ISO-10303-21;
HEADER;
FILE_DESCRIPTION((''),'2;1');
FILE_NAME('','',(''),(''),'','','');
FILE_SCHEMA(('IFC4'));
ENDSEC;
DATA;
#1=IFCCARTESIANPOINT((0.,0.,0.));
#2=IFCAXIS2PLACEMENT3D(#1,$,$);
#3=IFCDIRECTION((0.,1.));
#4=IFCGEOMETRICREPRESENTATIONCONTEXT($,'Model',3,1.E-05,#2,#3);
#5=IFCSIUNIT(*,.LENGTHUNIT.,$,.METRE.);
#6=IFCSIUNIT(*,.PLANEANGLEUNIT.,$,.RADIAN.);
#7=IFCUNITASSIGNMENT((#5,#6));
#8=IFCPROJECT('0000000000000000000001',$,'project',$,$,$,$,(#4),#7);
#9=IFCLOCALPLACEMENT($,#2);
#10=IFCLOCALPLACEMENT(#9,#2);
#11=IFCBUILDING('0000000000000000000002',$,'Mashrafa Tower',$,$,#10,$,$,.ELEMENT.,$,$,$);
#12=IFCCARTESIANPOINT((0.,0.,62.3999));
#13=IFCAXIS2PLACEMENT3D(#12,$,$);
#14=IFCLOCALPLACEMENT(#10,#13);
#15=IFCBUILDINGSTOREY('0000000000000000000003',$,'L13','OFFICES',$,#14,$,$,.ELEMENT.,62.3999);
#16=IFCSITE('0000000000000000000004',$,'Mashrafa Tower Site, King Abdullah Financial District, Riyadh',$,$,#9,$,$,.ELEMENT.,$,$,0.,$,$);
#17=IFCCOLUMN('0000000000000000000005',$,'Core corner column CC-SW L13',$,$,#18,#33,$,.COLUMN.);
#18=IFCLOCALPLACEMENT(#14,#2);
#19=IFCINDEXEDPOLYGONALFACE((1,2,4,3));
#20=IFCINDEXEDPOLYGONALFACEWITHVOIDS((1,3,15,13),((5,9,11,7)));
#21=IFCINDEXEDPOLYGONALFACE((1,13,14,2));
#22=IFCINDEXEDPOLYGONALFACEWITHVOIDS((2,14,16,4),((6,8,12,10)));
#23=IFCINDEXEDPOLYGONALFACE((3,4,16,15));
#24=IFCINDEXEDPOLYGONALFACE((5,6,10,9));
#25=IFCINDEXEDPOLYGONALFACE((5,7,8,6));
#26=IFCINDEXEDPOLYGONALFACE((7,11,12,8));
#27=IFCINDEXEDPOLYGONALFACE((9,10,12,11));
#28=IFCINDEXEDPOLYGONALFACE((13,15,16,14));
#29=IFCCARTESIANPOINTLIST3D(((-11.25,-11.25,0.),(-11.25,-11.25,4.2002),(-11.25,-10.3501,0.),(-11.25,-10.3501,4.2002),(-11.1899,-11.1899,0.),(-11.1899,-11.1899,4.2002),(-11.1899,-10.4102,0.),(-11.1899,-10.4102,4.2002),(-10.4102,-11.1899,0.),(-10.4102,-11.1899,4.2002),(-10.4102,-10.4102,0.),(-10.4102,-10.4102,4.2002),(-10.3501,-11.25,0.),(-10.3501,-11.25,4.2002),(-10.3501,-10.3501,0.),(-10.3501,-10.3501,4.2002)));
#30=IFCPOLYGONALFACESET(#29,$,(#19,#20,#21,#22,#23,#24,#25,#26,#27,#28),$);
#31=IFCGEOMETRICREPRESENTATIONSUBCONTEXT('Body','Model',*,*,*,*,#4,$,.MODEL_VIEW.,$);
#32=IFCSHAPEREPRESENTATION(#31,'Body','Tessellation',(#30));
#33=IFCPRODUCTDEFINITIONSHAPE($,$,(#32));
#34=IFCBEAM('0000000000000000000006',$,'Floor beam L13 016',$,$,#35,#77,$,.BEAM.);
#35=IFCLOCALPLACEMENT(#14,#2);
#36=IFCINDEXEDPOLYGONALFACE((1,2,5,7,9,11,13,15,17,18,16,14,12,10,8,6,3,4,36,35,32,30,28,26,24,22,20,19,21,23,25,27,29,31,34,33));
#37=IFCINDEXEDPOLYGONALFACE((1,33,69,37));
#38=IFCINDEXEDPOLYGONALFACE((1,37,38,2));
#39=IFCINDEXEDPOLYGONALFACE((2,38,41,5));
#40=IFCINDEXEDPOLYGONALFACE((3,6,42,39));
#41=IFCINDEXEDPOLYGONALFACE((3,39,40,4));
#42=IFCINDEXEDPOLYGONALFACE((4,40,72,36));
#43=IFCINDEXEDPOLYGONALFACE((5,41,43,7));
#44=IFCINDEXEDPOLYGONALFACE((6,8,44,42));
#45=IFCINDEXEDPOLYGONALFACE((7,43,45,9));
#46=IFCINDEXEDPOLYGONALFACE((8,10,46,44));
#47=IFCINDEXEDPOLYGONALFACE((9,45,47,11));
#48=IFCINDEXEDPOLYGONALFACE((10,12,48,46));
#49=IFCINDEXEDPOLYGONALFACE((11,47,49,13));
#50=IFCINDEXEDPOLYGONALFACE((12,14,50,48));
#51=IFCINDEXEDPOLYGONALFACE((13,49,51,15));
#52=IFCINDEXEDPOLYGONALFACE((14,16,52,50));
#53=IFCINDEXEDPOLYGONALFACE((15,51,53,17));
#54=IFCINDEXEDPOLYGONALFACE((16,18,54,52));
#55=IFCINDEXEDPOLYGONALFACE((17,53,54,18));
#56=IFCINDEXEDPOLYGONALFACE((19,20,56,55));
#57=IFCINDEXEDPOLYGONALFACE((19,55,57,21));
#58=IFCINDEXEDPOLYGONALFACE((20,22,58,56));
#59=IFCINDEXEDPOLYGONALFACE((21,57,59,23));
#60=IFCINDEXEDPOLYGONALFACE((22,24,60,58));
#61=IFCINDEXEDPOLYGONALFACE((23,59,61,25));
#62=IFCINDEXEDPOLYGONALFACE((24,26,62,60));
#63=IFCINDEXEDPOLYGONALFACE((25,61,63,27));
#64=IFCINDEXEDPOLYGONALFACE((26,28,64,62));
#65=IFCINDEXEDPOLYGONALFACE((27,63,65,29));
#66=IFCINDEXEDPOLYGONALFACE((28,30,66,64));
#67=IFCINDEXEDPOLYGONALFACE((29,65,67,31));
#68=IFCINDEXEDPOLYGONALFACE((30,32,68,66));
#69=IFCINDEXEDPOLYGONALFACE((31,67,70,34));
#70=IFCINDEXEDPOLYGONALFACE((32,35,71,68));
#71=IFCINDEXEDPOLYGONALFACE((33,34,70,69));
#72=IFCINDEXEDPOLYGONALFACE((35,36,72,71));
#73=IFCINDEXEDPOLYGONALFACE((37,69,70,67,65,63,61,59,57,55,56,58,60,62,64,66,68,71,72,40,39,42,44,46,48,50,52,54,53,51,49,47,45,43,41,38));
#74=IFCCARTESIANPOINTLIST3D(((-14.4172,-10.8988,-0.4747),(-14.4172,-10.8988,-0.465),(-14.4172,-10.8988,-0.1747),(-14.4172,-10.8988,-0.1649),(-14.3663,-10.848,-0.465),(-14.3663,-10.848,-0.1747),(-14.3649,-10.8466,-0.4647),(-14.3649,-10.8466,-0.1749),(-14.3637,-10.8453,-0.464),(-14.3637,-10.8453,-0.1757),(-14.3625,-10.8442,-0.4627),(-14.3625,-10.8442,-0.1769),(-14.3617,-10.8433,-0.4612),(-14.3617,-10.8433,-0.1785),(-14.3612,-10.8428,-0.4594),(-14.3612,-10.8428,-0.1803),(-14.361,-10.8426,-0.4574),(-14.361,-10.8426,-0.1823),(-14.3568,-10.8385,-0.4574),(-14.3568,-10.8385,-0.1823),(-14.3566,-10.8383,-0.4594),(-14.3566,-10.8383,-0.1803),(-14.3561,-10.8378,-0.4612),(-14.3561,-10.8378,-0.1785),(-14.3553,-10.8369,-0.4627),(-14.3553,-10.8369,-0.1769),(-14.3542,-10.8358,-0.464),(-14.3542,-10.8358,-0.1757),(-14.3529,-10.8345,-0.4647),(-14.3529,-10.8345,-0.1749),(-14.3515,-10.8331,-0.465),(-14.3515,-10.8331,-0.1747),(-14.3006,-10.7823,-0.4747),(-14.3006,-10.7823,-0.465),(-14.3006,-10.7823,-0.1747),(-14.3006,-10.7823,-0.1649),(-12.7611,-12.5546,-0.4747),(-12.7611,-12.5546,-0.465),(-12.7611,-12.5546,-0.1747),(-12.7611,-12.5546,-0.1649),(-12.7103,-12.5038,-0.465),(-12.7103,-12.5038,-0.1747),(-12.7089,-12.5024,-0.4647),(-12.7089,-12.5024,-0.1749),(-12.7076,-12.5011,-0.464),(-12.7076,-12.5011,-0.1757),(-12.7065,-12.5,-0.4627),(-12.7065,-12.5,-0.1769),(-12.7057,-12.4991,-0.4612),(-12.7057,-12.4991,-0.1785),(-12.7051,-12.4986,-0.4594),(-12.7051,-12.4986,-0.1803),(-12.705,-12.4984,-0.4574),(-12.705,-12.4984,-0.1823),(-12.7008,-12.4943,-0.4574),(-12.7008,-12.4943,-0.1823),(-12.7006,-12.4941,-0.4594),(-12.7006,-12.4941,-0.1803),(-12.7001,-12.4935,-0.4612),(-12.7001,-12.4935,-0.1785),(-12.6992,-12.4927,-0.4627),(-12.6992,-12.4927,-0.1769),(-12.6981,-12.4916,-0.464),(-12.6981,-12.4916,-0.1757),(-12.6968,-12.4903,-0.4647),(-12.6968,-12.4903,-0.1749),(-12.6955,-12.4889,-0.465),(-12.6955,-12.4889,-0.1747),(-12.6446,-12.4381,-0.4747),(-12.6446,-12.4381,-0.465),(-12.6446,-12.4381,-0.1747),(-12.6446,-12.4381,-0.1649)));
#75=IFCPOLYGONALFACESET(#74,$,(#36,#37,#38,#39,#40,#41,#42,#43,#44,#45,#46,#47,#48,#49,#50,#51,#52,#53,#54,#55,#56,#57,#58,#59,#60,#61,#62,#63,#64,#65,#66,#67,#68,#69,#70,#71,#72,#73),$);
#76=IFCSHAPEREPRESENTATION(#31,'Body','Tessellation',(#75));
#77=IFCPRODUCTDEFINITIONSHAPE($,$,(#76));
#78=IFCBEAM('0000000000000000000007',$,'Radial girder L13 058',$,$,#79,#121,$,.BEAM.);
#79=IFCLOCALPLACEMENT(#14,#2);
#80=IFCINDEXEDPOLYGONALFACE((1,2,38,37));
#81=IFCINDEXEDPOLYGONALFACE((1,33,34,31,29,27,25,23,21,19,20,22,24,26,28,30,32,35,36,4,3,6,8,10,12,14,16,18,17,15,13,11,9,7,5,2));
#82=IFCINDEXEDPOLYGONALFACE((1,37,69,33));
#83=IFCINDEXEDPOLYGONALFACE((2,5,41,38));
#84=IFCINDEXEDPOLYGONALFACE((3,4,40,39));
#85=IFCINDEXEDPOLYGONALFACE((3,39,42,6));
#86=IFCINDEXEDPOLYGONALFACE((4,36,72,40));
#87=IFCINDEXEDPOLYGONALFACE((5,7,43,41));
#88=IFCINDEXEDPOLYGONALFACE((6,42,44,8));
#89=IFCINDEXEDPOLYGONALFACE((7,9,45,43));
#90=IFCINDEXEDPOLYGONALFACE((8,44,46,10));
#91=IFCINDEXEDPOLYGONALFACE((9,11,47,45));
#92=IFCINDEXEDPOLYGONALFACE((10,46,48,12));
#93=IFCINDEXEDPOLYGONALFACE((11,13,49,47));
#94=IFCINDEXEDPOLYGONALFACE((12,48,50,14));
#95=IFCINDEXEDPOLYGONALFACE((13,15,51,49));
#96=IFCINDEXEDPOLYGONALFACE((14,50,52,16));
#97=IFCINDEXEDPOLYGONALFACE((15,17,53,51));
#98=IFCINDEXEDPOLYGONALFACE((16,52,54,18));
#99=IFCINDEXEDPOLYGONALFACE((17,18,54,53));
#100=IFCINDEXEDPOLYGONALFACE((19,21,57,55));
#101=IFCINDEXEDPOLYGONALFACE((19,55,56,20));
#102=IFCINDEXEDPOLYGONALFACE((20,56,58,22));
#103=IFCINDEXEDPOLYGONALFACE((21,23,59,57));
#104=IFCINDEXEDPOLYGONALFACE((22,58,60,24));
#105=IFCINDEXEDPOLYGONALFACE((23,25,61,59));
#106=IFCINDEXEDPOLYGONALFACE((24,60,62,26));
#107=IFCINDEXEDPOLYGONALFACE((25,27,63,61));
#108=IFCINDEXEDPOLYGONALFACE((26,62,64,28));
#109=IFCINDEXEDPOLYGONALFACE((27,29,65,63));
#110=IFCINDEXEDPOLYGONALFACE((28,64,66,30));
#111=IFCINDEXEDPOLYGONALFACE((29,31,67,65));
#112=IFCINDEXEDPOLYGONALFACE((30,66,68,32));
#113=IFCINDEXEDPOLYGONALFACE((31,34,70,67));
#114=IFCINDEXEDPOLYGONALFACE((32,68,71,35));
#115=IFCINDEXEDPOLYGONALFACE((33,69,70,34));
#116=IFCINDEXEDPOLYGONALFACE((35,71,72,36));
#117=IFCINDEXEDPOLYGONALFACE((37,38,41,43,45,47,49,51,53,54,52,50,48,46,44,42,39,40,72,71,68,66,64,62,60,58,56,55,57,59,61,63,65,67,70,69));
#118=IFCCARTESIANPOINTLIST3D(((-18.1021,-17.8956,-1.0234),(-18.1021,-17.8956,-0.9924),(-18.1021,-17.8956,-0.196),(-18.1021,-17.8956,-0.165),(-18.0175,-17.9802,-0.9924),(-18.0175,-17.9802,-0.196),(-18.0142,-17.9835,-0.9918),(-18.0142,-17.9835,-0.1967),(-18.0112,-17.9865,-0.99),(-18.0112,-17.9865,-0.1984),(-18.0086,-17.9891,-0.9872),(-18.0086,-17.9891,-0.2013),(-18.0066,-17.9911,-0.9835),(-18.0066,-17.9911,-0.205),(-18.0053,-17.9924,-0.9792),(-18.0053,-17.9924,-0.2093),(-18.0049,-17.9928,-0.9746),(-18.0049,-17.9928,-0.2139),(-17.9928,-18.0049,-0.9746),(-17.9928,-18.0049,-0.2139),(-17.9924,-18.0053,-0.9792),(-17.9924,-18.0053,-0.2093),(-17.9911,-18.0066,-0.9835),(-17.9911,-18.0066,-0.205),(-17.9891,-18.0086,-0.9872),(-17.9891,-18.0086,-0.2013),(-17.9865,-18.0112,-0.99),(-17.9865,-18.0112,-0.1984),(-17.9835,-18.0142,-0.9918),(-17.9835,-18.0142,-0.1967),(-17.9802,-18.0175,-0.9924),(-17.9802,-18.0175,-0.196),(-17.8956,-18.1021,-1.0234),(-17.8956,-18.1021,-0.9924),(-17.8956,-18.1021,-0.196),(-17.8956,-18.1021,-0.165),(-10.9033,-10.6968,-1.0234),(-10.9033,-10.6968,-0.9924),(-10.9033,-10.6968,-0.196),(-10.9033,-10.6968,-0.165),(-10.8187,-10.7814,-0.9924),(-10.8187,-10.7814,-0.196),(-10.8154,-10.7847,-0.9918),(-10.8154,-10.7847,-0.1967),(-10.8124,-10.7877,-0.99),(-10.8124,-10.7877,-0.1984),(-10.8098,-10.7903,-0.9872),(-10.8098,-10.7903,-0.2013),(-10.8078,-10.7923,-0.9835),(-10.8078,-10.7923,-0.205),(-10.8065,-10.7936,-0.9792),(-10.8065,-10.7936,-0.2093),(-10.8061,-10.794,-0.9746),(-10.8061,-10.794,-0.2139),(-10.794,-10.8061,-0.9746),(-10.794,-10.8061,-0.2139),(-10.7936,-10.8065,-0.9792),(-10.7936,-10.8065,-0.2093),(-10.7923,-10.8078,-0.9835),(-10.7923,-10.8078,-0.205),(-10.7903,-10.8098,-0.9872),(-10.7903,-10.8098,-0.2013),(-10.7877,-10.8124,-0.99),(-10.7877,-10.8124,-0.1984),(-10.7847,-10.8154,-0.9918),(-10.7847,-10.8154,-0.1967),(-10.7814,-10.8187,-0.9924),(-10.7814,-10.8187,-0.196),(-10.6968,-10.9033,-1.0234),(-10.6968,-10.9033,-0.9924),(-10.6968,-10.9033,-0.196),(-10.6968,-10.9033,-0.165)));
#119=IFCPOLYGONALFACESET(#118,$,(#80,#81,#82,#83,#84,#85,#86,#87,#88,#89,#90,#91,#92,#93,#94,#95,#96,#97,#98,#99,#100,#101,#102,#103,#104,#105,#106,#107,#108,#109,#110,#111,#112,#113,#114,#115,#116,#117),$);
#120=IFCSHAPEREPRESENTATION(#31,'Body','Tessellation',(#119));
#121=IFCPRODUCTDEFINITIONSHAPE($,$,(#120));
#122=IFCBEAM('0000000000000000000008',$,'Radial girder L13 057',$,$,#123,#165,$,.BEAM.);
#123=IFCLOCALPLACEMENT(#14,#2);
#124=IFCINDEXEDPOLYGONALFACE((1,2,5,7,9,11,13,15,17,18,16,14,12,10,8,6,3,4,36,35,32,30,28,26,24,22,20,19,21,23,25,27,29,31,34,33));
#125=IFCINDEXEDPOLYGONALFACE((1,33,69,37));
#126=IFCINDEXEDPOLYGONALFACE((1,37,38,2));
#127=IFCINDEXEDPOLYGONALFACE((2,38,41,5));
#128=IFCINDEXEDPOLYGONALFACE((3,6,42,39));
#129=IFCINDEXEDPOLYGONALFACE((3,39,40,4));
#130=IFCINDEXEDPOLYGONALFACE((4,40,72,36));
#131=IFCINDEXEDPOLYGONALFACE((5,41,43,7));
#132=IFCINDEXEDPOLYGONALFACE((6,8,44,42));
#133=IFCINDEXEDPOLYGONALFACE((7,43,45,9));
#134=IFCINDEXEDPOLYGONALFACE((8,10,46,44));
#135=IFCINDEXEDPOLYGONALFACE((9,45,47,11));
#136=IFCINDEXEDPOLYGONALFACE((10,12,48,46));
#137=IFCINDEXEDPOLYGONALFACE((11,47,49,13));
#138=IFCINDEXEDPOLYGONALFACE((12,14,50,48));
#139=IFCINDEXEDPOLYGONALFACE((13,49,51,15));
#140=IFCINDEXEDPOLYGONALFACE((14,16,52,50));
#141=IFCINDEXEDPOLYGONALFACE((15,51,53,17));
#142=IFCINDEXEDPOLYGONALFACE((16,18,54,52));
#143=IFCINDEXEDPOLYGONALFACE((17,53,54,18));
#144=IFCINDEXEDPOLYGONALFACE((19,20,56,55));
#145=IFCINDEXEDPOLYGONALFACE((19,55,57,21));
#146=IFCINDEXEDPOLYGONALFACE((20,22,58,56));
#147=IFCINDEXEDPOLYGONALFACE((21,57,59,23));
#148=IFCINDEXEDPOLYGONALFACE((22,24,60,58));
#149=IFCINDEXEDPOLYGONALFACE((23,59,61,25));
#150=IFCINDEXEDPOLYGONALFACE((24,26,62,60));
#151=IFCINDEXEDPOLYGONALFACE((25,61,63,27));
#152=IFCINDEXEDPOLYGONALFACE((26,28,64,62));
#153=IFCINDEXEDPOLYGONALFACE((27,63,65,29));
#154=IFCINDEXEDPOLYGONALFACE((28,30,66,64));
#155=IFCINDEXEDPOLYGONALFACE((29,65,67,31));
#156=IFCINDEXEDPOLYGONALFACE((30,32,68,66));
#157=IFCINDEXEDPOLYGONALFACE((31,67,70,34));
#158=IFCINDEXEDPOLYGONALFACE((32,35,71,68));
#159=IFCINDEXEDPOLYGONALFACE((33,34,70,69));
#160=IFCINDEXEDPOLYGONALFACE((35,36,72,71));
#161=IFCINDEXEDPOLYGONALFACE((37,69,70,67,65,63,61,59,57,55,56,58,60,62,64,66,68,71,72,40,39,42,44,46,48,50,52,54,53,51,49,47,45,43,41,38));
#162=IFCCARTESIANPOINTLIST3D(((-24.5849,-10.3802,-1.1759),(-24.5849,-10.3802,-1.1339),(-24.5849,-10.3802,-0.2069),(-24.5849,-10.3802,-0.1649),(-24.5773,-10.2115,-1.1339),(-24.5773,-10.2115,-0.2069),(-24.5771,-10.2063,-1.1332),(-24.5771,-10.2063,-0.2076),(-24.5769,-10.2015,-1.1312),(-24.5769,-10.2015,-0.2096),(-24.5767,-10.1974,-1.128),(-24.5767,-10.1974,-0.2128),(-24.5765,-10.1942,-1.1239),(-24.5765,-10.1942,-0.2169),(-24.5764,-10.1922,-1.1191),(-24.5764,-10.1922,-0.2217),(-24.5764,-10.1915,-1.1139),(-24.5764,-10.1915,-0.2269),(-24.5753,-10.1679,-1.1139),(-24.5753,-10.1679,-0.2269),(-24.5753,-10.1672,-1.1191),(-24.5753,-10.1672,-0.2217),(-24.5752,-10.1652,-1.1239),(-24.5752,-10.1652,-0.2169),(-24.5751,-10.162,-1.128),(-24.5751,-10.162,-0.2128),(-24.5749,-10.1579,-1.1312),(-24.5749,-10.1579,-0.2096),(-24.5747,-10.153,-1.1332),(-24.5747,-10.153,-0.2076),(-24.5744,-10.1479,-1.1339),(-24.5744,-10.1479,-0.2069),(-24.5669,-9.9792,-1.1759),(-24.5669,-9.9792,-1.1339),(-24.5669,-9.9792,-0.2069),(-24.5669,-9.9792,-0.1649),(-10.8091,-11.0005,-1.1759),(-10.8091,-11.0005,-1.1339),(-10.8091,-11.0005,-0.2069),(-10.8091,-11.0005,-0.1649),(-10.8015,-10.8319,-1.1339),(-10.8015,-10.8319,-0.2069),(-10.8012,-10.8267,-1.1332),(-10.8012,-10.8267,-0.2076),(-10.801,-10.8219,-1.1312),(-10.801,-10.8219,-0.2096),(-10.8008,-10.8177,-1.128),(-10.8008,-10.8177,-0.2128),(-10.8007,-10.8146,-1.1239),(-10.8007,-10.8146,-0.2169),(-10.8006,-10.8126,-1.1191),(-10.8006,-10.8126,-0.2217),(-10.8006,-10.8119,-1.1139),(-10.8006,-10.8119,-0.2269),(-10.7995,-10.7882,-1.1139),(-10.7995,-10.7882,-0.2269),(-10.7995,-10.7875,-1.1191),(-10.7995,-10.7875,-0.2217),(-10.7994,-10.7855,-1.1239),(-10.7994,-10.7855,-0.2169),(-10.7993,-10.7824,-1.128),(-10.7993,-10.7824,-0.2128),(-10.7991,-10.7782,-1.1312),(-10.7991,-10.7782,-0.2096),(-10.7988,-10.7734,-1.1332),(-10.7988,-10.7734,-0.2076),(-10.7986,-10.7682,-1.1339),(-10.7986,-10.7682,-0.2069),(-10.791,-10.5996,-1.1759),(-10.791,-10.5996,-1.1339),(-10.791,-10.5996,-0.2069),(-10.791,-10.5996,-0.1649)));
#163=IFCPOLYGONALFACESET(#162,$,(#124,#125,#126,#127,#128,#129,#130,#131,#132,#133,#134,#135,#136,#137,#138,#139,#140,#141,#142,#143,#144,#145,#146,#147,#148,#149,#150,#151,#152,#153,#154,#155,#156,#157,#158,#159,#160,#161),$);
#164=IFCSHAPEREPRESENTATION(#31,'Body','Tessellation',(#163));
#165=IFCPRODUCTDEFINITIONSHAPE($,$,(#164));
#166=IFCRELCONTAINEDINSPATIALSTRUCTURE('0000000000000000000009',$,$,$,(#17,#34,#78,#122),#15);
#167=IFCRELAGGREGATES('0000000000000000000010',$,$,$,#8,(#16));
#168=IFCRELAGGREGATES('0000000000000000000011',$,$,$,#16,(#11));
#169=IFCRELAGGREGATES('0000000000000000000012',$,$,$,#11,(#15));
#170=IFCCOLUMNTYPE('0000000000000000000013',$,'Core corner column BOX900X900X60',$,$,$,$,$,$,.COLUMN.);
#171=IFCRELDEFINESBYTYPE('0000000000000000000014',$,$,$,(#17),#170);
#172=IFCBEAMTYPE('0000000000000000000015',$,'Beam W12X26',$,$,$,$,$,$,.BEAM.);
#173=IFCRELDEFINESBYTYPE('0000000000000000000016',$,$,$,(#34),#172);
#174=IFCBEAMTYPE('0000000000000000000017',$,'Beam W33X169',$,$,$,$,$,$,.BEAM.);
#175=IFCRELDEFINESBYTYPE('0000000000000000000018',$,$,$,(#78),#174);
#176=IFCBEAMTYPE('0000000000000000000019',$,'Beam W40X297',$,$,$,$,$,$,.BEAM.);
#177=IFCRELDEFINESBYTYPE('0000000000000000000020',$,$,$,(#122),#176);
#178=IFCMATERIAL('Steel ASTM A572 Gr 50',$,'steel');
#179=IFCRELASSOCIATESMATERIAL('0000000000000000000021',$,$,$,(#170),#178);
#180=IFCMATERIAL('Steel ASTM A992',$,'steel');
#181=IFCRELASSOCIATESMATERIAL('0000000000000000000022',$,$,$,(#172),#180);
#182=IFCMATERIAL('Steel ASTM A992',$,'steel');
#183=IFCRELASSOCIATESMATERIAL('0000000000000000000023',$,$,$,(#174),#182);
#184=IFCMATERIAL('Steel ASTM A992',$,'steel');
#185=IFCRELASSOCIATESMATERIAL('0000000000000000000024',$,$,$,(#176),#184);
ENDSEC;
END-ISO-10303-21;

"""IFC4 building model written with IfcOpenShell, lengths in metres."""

from ifc_helpers import new_model, si_unit, direction, frame, origin, origin_2d, place, context, subcontext, project, spatial, hollow_rectangle, i_section, extrude, material, material_profile, profile_set, type_object, element, save


model = new_model("IFC4")

# Units and contexts
model_context = context("Model", 3, precision=1e-05, world=origin(), true_north=direction((0.0, 1.0)))
body_context = subcontext(model_context, "Body", "Model", "MODEL_VIEW")
ifc_project = project(units=[si_unit("LENGTHUNIT", "METRE"), si_unit("PLANEANGLEUNIT", "RADIAN")], contexts=[model_context])

# Site, building, storey
site_placement = place(None, origin())
site = spatial("IfcSite", under=ifc_project, at=site_placement, Name="Mashrafa Tower Site, King Abdullah Financial District, Riyadh", CompositionType="ELEMENT", RefElevation=0.0)
building_placement = place(site_placement, origin())
building = spatial("IfcBuilding", under=site, at=building_placement, Name="Mashrafa Tower", CompositionType="ELEMENT")
storey_placement = place(building_placement, frame((0.0, 0.0, 62.3999)))
storey = spatial("IfcBuildingStorey", under=building, at=storey_placement, Name="L13", Description="OFFICES", CompositionType="ELEMENT", Elevation=62.3999)

# Column
ifc_material_1 = material(Name="Steel ASTM A572 Gr 50", Category="steel")
ifc_material_profile_1 = material_profile(ifc_material_1, hollow_rectangle(XDim=0.8999, YDim=0.8999, WallThickness=0.0601, at=origin_2d()), Name="BOX900X900X60")
ifc_profile_set_1 = profile_set([ifc_material_profile_1], Name="Steel ASTM A572 Gr 50")
column_type = type_object("IfcColumnType", Name="Core corner column BOX900X900X60", PredefinedType="COLUMN", material=ifc_profile_set_1)
column_placement = place(storey_placement, frame((-10.8, -10.8, 0.0), z_axis=(0.0, 0.0, 1.0), x_axis=(1.0, 0.0, 0.0)))
element("IfcColumn", 1, at=column_placement, inside=storey, type_object=column_type, Name="Core corner column CC-SW L13", PredefinedType="COLUMN", context=body_context, shape_type="SweptSolid", body=[
    extrude(hollow_rectangle(XDim=0.8999, YDim=0.8999, WallThickness=0.0601, at=origin_2d()), origin(), (0.0, 0.0, 1.0), 4.2002),
])

# Beams
ifc_material_2 = material(Name="Steel ASTM A992", Category="steel")
ifc_material_profile_2 = material_profile(ifc_material_2, i_section(OverallWidth=0.1648, OverallDepth=0.3098, WebThickness=0.0059, FlangeThickness=0.0098, FilletRadius=0.0076, at=origin_2d()), Name="W12X26")
ifc_profile_set_2 = profile_set([ifc_material_profile_2], Name="Steel ASTM A992")
beam_type_1 = type_object("IfcBeamType", Name="Beam W12X26", PredefinedType="BEAM", material=ifc_profile_set_2)
beam_1_placement = place(storey_placement, frame((-12.7029, -12.4963, -0.3198), z_axis=(-0.707159, 0.707055, 0.0), x_axis=(-0.707055, -0.707159, 0.0)))
element("IfcBeam", 2, at=beam_1_placement, inside=storey, type_object=beam_type_1, Name="Floor beam L13 016", PredefinedType="BEAM", context=body_context, shape_type="SweptSolid", body=[
    extrude(i_section(OverallWidth=0.1648, OverallDepth=0.3098, WebThickness=0.0059, FlangeThickness=0.0098, FilletRadius=0.0076, at=origin_2d()), origin(), (0.0, 0.0, 1.0), 2.3418),
])
ifc_material_3 = material(Name="Steel ASTM A992", Category="steel")
ifc_material_profile_3 = material_profile(ifc_material_3, i_section(OverallWidth=0.292, OverallDepth=0.8584, WebThickness=0.0171, FlangeThickness=0.031, FilletRadius=0.0178, at=origin_2d()), Name="W33X169")
ifc_profile_set_3 = profile_set([ifc_material_profile_3], Name="Steel ASTM A992")
beam_type_2 = type_object("IfcBeamType", Name="Beam W33X169", PredefinedType="BEAM", material=ifc_profile_set_3)
beam_2_placement = place(storey_placement, frame((-10.8, -10.8, -0.5942), z_axis=(-0.707107, -0.707107, 0.0), x_axis=(0.707107, -0.707107, 0.0)))
element("IfcBeam", 3, at=beam_2_placement, inside=storey, type_object=beam_type_2, Name="Radial girder L13 058", PredefinedType="BEAM", context=body_context, shape_type="SweptSolid", body=[
    extrude(i_section(OverallWidth=0.292, OverallDepth=0.8584, WebThickness=0.0171, FlangeThickness=0.031, FilletRadius=0.0178, at=origin_2d()), origin(), (0.0, 0.0, 1.0), 10.1807),
])
ifc_material_4 = material(Name="Steel ASTM A992", Category="steel")
ifc_material_profile_4 = material_profile(ifc_material_4, i_section(OverallWidth=0.4014, OverallDepth=1.011, WebThickness=0.0237, FlangeThickness=0.042, FilletRadius=0.02, at=origin_2d()), Name="W40X297")
ifc_profile_set_4 = profile_set([ifc_material_profile_4], Name="Steel ASTM A992")
beam_type_3 = type_object("IfcBeamType", Name="Beam W40X297", PredefinedType="BEAM", material=ifc_profile_set_4)
for number, where, z_axis, x_axis, name in (
    (4, (-10.8, -10.8, -0.6704), (-0.998988, 0.044987, 0.0), (-0.044987, -0.998988, 0.0), "Radial girder L13 057"),
):
    element("IfcBeam", number, at=place(storey_placement, frame(where, z_axis=z_axis, x_axis=x_axis)), inside=storey, type_object=beam_type_3, Name=name, PredefinedType="BEAM", context=body_context, shape_type="SweptSolid", body=[
        extrude(i_section(OverallWidth=0.4014, OverallDepth=1.011, WebThickness=0.0237, FlangeThickness=0.042, FilletRadius=0.02, at=origin_2d()), origin(), (0.0, 0.0, 1.0), 13.7898),
    ])

save(model, "model.ifc")
